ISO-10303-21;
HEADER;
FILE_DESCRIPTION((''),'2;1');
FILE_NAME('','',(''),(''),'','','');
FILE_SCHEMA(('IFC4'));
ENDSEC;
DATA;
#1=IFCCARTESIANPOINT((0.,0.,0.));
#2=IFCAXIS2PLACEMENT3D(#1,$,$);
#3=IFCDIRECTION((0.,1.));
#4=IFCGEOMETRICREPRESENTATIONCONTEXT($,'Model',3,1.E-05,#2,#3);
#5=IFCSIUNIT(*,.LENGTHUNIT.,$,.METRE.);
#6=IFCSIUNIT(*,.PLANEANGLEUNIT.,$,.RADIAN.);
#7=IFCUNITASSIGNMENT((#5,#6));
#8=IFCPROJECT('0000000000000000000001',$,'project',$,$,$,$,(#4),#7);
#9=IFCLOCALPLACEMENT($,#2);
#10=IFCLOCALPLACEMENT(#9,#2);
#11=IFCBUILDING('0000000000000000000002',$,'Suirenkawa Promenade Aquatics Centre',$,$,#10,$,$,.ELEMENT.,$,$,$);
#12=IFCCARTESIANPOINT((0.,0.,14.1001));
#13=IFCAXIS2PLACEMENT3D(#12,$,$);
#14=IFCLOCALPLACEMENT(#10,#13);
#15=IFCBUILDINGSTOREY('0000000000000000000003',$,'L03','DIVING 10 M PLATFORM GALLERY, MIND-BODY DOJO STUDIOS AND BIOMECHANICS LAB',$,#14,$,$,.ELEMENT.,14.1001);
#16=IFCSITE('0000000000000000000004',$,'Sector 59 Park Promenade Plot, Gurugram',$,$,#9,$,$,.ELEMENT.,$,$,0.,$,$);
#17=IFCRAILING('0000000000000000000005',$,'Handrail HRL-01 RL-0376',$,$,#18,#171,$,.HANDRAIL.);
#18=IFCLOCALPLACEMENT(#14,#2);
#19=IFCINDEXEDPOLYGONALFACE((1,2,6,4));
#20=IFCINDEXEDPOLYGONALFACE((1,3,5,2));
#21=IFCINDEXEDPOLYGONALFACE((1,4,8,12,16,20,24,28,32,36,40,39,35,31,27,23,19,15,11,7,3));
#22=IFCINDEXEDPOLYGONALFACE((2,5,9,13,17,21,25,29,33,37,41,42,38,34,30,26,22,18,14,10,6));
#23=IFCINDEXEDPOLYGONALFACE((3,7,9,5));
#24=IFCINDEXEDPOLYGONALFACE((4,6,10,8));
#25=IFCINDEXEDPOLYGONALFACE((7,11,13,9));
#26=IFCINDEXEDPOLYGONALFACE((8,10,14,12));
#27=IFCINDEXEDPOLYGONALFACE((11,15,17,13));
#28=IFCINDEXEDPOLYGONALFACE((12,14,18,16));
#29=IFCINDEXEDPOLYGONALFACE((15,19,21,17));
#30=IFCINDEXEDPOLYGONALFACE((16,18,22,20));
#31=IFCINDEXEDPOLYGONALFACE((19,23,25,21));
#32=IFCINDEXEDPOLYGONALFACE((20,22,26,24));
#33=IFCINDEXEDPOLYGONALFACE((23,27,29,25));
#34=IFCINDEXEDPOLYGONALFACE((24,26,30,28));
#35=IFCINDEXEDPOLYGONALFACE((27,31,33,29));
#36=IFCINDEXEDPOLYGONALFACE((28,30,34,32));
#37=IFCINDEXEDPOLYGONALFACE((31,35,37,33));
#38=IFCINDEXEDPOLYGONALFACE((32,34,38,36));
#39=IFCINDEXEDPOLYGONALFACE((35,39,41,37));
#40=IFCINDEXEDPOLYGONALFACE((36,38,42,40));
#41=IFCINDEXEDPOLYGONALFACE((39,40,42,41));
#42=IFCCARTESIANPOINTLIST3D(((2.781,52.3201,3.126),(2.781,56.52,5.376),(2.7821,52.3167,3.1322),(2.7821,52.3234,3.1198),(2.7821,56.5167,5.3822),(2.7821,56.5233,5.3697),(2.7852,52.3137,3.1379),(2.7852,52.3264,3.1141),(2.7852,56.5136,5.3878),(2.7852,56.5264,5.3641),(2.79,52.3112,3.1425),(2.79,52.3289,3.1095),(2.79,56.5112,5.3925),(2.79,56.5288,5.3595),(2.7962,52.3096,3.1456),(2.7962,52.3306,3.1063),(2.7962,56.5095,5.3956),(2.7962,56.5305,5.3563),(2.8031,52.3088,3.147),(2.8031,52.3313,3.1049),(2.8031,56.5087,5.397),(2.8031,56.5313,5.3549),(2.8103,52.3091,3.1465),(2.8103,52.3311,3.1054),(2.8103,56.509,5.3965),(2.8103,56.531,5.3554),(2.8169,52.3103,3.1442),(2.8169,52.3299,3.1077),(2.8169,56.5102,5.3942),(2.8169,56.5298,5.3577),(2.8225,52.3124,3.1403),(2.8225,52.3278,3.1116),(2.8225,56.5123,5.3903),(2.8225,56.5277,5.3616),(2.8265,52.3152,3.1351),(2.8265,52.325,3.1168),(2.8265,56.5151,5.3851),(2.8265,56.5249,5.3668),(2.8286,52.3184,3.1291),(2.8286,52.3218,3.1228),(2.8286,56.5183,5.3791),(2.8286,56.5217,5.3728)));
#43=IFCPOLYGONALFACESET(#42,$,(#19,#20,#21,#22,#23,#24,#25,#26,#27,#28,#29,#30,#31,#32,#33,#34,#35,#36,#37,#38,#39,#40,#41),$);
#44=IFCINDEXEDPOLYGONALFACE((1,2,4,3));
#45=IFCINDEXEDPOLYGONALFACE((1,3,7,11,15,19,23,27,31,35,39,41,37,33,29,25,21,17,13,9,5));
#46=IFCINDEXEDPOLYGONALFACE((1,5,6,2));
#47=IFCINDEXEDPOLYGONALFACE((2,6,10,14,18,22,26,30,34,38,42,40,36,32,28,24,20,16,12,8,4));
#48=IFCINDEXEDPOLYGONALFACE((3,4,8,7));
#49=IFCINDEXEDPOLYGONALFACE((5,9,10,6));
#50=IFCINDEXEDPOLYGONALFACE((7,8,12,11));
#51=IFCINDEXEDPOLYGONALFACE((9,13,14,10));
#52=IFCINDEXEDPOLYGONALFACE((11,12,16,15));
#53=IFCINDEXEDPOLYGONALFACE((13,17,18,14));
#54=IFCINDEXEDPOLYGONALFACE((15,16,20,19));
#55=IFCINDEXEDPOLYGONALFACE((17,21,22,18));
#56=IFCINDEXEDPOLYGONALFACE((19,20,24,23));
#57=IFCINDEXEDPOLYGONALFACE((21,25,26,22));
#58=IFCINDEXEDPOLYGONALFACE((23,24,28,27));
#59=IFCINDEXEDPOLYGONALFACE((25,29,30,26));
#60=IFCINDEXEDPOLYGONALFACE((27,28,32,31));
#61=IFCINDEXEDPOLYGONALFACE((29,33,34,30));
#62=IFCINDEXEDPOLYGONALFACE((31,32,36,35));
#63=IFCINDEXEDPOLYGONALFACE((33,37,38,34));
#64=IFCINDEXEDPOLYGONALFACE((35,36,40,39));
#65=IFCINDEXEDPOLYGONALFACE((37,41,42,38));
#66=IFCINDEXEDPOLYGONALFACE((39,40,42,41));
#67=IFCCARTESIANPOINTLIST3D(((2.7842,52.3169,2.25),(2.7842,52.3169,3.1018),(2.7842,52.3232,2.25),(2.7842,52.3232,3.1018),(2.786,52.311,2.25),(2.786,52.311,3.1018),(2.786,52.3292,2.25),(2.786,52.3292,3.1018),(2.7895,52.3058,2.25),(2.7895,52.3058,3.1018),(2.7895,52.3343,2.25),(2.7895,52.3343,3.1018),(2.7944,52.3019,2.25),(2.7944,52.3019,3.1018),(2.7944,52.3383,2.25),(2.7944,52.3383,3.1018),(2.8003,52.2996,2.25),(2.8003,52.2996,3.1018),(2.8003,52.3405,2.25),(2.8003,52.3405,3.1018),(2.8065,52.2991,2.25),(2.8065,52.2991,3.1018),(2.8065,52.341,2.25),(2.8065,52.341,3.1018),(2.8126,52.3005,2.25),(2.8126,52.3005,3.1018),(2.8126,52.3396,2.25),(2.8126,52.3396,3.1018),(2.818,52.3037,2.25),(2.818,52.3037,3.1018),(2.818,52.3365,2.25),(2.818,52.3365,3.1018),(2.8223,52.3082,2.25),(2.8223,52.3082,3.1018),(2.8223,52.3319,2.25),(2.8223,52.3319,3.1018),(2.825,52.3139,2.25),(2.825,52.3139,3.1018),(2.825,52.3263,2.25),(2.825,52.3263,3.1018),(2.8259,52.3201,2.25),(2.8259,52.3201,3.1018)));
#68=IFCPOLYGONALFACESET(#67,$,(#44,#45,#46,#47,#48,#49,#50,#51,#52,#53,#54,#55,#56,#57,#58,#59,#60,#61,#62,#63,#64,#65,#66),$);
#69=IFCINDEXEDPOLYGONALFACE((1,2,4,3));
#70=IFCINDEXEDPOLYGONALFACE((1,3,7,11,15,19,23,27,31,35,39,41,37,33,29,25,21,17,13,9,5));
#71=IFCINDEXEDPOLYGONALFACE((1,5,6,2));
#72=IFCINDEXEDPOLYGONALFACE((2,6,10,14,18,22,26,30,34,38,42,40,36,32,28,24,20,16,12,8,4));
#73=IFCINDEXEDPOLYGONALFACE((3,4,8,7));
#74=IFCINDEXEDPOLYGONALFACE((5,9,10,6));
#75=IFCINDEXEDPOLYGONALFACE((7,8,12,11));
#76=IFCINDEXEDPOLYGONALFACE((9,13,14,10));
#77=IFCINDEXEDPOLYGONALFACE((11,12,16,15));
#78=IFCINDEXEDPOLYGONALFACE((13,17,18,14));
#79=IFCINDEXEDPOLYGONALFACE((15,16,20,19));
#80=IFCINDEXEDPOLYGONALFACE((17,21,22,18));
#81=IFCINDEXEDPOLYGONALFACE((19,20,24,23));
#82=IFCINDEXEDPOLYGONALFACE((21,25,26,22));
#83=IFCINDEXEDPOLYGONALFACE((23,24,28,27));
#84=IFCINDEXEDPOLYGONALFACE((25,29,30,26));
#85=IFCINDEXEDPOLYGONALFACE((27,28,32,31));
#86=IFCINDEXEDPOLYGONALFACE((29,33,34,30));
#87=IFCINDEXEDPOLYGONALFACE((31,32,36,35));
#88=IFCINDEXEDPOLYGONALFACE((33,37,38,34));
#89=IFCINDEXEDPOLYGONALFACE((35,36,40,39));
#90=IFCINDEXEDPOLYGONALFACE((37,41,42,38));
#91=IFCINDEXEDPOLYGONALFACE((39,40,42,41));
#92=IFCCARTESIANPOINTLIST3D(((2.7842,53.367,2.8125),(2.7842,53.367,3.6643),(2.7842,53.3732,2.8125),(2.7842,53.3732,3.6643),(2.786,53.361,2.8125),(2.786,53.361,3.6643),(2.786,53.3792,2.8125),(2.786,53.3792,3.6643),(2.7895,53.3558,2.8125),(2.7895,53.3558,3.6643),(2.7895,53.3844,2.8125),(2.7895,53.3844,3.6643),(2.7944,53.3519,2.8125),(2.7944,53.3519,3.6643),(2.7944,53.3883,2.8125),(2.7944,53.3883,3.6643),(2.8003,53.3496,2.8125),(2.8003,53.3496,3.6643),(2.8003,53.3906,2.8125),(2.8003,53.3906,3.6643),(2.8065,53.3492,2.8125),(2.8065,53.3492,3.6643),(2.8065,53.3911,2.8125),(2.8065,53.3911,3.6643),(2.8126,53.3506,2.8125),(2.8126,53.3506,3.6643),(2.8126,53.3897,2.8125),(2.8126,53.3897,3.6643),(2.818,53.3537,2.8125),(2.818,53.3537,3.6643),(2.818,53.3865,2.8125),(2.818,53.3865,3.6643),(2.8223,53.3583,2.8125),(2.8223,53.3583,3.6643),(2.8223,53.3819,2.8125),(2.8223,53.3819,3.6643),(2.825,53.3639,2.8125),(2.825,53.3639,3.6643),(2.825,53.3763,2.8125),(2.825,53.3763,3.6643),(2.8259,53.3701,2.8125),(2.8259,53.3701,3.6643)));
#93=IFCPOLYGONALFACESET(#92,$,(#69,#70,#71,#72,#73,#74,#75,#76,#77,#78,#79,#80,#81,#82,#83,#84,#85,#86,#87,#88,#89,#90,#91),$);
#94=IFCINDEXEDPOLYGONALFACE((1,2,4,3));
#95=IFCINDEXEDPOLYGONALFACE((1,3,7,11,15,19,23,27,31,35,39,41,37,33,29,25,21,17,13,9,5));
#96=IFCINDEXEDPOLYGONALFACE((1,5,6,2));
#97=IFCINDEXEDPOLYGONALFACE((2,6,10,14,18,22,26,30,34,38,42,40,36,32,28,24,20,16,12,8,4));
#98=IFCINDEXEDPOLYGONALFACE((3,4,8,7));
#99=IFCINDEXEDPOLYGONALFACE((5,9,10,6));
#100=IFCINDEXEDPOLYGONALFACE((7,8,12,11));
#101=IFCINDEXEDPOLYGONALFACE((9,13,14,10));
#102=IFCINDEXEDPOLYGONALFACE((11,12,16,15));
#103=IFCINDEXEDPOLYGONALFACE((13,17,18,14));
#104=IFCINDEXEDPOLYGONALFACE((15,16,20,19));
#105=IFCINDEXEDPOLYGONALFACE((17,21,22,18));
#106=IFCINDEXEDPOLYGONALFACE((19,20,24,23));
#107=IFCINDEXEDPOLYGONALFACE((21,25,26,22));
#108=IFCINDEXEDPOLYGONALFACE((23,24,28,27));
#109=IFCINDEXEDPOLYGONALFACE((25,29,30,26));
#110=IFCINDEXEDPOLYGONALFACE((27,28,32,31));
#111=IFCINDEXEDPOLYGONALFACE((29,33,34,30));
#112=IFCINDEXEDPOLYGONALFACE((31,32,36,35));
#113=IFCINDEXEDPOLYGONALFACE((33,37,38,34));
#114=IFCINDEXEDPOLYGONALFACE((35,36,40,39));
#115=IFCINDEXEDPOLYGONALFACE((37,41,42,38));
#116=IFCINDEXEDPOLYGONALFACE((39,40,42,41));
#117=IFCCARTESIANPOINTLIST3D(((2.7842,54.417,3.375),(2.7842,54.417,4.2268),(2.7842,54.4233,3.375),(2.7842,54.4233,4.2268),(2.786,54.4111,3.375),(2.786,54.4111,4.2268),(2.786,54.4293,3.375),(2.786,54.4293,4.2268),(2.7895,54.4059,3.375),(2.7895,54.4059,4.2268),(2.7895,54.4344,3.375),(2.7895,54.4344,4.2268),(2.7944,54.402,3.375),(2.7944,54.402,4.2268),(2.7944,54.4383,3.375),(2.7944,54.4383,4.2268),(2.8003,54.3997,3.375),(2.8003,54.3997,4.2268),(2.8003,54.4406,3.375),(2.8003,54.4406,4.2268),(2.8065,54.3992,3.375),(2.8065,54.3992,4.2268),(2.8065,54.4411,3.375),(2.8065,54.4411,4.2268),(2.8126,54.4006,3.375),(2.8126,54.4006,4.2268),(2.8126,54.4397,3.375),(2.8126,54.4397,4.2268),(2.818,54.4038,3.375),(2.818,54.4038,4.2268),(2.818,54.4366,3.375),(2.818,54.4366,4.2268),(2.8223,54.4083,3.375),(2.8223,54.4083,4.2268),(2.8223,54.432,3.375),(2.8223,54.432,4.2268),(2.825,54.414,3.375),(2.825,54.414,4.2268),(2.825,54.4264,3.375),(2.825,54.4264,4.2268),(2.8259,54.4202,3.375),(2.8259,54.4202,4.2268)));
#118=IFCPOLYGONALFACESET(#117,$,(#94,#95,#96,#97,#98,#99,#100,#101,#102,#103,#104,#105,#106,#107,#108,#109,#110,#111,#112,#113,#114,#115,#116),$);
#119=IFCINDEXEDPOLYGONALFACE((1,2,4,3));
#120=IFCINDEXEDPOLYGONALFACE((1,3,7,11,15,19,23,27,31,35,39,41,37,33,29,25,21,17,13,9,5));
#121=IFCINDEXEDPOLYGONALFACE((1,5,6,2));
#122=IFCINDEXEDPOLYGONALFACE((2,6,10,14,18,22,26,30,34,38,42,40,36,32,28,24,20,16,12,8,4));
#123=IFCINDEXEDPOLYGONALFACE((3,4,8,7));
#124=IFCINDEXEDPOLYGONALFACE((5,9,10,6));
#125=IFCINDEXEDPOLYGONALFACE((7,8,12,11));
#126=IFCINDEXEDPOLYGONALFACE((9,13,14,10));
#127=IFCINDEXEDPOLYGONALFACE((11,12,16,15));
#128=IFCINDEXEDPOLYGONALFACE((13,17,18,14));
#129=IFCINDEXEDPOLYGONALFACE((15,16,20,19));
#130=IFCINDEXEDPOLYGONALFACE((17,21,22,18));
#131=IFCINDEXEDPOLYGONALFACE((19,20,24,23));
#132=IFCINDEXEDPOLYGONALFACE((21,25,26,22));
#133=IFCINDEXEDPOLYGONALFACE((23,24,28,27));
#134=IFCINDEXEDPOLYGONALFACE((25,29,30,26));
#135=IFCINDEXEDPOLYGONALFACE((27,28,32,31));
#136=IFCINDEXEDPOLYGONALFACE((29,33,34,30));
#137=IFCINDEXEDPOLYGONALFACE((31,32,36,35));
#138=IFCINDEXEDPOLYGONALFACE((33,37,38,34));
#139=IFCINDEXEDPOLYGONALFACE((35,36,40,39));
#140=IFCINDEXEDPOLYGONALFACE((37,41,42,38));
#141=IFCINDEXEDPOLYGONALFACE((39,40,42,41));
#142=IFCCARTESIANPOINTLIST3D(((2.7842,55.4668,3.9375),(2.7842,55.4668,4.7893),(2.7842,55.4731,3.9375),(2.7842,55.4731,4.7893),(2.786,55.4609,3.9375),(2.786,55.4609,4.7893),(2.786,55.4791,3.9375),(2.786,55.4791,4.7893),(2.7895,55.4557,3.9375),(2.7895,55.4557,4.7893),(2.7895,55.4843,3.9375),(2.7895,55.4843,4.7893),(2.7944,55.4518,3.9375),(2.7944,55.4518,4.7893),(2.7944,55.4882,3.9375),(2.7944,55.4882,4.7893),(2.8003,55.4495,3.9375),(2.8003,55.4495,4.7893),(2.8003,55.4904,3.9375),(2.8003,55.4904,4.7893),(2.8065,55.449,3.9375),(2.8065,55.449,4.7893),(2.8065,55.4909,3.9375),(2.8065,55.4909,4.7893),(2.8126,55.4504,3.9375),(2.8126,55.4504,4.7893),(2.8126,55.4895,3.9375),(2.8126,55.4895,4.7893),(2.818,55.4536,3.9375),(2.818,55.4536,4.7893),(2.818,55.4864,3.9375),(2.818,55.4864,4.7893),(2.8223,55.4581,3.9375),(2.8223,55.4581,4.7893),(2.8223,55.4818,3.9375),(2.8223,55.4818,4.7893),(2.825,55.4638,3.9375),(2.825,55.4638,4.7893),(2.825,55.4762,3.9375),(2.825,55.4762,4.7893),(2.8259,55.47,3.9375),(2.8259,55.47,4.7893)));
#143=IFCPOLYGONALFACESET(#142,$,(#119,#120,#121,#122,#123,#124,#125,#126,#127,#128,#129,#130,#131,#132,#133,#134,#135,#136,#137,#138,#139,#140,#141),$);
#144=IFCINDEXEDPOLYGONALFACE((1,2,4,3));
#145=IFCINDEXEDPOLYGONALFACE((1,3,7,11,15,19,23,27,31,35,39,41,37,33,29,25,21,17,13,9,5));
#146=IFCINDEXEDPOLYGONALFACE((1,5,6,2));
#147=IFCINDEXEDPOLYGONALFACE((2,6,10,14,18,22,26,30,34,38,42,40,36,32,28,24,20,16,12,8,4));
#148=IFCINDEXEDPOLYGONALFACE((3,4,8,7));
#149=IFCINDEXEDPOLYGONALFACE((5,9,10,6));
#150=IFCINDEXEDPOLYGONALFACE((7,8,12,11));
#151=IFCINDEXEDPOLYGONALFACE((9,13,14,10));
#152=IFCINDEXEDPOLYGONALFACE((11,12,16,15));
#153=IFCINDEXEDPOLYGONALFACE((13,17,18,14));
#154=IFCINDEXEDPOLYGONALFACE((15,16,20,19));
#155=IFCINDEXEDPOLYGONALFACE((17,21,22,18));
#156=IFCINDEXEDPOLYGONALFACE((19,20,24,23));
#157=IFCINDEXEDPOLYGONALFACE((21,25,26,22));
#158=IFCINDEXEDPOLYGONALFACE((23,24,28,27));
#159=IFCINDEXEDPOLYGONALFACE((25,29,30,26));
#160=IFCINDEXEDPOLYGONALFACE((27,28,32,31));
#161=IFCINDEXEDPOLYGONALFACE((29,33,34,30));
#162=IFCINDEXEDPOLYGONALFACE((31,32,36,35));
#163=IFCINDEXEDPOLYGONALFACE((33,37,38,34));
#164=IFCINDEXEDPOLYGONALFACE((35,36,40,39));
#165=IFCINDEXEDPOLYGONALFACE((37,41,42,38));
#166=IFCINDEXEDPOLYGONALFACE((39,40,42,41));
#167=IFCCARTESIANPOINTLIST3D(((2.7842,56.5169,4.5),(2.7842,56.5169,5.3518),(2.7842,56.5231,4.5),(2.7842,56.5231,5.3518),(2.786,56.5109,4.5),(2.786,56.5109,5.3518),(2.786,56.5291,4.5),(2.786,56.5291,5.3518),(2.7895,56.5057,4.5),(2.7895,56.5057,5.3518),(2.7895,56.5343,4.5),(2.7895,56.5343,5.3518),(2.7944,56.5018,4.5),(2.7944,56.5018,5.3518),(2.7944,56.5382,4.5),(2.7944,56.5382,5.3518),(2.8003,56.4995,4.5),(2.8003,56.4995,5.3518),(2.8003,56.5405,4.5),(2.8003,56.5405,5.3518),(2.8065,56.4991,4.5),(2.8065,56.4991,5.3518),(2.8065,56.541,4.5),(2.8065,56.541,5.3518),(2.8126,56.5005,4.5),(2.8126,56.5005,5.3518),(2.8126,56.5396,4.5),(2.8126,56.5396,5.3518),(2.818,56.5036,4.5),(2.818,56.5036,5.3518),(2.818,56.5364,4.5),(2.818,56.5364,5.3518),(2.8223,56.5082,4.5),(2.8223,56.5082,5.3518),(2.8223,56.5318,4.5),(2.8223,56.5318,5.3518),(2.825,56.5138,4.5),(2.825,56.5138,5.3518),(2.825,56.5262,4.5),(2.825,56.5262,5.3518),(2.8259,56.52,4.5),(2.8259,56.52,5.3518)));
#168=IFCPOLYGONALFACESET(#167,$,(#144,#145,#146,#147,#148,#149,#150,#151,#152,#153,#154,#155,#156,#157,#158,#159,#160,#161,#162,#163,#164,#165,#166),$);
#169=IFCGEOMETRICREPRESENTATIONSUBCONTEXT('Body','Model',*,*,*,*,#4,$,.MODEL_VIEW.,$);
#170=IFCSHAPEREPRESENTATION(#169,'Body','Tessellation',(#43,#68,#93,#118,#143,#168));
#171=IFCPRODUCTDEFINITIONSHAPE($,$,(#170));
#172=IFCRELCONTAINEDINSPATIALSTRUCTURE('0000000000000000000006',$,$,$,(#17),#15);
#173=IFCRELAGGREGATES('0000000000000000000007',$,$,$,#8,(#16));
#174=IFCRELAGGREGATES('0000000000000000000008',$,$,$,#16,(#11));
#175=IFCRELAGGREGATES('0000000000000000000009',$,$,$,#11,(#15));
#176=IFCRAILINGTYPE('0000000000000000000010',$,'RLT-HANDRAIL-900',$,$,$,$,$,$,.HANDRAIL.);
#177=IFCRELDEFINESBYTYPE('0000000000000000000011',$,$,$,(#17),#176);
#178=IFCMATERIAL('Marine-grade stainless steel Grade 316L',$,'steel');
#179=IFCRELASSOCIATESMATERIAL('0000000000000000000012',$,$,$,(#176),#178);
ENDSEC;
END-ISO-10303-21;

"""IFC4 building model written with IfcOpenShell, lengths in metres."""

from ifc_helpers import new_model, si_unit, direction, frame, origin, origin_2d, place, context, subcontext, project, spatial, circle, extrude, material, type_object, element, save


model = new_model("IFC4")

# Units and contexts
model_context = context("Model", 3, precision=1e-05, world=origin(), true_north=direction((0.0, 1.0)))
body_context = subcontext(model_context, "Body", "Model", "MODEL_VIEW")
ifc_project = project(units=[si_unit("LENGTHUNIT", "METRE"), si_unit("PLANEANGLEUNIT", "RADIAN")], contexts=[model_context])

# Site, building, storey
site_placement = place(None, origin())
site = spatial("IfcSite", under=ifc_project, at=site_placement, Name="Sector 59 Park Promenade Plot, Gurugram", CompositionType="ELEMENT", RefElevation=0.0)
building_placement = place(site_placement, origin())
building = spatial("IfcBuilding", under=site, at=building_placement, Name="Suirenkawa Promenade Aquatics Centre", CompositionType="ELEMENT")
storey_placement = place(building_placement, frame((0.0, 0.0, 14.1001)))
storey = spatial("IfcBuildingStorey", under=building, at=storey_placement, Name="L03", Description="DIVING 10 M PLATFORM GALLERY, MIND-BODY DOJO STUDIOS AND BIOMECHANICS LAB", CompositionType="ELEMENT", Elevation=14.1001)

# Railing
ifc_material_1 = material(Name="Marine-grade stainless steel Grade 316L", Category="steel")
railing_type_1 = type_object("IfcRailingType", Name="RLT-HANDRAIL-900", PredefinedType="HANDRAIL", material=ifc_material_1)
for number, where, name in (
    (1, (2.8049, 52.3201, 2.25), "Handrail HRL-01 RL-0376"),
):
    element("IfcRailing", number, at=place(storey_placement, frame(where)), inside=storey, type_object=railing_type_1, Name=name, PredefinedType="HANDRAIL", context=body_context, shape_type="SweptSolid", body=[
        extrude(circle(Radius=0.0239, at=origin_2d()), frame((0.0, 0.0, 0.876), z_axis=(0.0, 0.881478, 0.472226), x_axis=(-1.0, 0.0, 0.0)), (0.0, 0.0, 1.0), 4.7646),
        extrude(circle(Radius=0.021, at=origin_2d()), origin(), (0.0, 0.0, 1.0), 0.8518),
        extrude(circle(Radius=0.021, at=origin_2d()), frame((0.0, 1.05, 0.5625)), (0.0, 0.0, 1.0), 0.8518),
        extrude(circle(Radius=0.021, at=origin_2d()), frame((0.0, 2.1001, 1.125)), (0.0, 0.0, 1.0), 0.8518),
        extrude(circle(Radius=0.021, at=origin_2d()), frame((0.0, 3.1499, 1.6875)), (0.0, 0.0, 1.0), 0.8518),
        extrude(circle(Radius=0.021, at=origin_2d()), frame((0.0, 4.2, 2.25)), (0.0, 0.0, 1.0), 0.8518),
    ])

save(model, "model.ifc")
